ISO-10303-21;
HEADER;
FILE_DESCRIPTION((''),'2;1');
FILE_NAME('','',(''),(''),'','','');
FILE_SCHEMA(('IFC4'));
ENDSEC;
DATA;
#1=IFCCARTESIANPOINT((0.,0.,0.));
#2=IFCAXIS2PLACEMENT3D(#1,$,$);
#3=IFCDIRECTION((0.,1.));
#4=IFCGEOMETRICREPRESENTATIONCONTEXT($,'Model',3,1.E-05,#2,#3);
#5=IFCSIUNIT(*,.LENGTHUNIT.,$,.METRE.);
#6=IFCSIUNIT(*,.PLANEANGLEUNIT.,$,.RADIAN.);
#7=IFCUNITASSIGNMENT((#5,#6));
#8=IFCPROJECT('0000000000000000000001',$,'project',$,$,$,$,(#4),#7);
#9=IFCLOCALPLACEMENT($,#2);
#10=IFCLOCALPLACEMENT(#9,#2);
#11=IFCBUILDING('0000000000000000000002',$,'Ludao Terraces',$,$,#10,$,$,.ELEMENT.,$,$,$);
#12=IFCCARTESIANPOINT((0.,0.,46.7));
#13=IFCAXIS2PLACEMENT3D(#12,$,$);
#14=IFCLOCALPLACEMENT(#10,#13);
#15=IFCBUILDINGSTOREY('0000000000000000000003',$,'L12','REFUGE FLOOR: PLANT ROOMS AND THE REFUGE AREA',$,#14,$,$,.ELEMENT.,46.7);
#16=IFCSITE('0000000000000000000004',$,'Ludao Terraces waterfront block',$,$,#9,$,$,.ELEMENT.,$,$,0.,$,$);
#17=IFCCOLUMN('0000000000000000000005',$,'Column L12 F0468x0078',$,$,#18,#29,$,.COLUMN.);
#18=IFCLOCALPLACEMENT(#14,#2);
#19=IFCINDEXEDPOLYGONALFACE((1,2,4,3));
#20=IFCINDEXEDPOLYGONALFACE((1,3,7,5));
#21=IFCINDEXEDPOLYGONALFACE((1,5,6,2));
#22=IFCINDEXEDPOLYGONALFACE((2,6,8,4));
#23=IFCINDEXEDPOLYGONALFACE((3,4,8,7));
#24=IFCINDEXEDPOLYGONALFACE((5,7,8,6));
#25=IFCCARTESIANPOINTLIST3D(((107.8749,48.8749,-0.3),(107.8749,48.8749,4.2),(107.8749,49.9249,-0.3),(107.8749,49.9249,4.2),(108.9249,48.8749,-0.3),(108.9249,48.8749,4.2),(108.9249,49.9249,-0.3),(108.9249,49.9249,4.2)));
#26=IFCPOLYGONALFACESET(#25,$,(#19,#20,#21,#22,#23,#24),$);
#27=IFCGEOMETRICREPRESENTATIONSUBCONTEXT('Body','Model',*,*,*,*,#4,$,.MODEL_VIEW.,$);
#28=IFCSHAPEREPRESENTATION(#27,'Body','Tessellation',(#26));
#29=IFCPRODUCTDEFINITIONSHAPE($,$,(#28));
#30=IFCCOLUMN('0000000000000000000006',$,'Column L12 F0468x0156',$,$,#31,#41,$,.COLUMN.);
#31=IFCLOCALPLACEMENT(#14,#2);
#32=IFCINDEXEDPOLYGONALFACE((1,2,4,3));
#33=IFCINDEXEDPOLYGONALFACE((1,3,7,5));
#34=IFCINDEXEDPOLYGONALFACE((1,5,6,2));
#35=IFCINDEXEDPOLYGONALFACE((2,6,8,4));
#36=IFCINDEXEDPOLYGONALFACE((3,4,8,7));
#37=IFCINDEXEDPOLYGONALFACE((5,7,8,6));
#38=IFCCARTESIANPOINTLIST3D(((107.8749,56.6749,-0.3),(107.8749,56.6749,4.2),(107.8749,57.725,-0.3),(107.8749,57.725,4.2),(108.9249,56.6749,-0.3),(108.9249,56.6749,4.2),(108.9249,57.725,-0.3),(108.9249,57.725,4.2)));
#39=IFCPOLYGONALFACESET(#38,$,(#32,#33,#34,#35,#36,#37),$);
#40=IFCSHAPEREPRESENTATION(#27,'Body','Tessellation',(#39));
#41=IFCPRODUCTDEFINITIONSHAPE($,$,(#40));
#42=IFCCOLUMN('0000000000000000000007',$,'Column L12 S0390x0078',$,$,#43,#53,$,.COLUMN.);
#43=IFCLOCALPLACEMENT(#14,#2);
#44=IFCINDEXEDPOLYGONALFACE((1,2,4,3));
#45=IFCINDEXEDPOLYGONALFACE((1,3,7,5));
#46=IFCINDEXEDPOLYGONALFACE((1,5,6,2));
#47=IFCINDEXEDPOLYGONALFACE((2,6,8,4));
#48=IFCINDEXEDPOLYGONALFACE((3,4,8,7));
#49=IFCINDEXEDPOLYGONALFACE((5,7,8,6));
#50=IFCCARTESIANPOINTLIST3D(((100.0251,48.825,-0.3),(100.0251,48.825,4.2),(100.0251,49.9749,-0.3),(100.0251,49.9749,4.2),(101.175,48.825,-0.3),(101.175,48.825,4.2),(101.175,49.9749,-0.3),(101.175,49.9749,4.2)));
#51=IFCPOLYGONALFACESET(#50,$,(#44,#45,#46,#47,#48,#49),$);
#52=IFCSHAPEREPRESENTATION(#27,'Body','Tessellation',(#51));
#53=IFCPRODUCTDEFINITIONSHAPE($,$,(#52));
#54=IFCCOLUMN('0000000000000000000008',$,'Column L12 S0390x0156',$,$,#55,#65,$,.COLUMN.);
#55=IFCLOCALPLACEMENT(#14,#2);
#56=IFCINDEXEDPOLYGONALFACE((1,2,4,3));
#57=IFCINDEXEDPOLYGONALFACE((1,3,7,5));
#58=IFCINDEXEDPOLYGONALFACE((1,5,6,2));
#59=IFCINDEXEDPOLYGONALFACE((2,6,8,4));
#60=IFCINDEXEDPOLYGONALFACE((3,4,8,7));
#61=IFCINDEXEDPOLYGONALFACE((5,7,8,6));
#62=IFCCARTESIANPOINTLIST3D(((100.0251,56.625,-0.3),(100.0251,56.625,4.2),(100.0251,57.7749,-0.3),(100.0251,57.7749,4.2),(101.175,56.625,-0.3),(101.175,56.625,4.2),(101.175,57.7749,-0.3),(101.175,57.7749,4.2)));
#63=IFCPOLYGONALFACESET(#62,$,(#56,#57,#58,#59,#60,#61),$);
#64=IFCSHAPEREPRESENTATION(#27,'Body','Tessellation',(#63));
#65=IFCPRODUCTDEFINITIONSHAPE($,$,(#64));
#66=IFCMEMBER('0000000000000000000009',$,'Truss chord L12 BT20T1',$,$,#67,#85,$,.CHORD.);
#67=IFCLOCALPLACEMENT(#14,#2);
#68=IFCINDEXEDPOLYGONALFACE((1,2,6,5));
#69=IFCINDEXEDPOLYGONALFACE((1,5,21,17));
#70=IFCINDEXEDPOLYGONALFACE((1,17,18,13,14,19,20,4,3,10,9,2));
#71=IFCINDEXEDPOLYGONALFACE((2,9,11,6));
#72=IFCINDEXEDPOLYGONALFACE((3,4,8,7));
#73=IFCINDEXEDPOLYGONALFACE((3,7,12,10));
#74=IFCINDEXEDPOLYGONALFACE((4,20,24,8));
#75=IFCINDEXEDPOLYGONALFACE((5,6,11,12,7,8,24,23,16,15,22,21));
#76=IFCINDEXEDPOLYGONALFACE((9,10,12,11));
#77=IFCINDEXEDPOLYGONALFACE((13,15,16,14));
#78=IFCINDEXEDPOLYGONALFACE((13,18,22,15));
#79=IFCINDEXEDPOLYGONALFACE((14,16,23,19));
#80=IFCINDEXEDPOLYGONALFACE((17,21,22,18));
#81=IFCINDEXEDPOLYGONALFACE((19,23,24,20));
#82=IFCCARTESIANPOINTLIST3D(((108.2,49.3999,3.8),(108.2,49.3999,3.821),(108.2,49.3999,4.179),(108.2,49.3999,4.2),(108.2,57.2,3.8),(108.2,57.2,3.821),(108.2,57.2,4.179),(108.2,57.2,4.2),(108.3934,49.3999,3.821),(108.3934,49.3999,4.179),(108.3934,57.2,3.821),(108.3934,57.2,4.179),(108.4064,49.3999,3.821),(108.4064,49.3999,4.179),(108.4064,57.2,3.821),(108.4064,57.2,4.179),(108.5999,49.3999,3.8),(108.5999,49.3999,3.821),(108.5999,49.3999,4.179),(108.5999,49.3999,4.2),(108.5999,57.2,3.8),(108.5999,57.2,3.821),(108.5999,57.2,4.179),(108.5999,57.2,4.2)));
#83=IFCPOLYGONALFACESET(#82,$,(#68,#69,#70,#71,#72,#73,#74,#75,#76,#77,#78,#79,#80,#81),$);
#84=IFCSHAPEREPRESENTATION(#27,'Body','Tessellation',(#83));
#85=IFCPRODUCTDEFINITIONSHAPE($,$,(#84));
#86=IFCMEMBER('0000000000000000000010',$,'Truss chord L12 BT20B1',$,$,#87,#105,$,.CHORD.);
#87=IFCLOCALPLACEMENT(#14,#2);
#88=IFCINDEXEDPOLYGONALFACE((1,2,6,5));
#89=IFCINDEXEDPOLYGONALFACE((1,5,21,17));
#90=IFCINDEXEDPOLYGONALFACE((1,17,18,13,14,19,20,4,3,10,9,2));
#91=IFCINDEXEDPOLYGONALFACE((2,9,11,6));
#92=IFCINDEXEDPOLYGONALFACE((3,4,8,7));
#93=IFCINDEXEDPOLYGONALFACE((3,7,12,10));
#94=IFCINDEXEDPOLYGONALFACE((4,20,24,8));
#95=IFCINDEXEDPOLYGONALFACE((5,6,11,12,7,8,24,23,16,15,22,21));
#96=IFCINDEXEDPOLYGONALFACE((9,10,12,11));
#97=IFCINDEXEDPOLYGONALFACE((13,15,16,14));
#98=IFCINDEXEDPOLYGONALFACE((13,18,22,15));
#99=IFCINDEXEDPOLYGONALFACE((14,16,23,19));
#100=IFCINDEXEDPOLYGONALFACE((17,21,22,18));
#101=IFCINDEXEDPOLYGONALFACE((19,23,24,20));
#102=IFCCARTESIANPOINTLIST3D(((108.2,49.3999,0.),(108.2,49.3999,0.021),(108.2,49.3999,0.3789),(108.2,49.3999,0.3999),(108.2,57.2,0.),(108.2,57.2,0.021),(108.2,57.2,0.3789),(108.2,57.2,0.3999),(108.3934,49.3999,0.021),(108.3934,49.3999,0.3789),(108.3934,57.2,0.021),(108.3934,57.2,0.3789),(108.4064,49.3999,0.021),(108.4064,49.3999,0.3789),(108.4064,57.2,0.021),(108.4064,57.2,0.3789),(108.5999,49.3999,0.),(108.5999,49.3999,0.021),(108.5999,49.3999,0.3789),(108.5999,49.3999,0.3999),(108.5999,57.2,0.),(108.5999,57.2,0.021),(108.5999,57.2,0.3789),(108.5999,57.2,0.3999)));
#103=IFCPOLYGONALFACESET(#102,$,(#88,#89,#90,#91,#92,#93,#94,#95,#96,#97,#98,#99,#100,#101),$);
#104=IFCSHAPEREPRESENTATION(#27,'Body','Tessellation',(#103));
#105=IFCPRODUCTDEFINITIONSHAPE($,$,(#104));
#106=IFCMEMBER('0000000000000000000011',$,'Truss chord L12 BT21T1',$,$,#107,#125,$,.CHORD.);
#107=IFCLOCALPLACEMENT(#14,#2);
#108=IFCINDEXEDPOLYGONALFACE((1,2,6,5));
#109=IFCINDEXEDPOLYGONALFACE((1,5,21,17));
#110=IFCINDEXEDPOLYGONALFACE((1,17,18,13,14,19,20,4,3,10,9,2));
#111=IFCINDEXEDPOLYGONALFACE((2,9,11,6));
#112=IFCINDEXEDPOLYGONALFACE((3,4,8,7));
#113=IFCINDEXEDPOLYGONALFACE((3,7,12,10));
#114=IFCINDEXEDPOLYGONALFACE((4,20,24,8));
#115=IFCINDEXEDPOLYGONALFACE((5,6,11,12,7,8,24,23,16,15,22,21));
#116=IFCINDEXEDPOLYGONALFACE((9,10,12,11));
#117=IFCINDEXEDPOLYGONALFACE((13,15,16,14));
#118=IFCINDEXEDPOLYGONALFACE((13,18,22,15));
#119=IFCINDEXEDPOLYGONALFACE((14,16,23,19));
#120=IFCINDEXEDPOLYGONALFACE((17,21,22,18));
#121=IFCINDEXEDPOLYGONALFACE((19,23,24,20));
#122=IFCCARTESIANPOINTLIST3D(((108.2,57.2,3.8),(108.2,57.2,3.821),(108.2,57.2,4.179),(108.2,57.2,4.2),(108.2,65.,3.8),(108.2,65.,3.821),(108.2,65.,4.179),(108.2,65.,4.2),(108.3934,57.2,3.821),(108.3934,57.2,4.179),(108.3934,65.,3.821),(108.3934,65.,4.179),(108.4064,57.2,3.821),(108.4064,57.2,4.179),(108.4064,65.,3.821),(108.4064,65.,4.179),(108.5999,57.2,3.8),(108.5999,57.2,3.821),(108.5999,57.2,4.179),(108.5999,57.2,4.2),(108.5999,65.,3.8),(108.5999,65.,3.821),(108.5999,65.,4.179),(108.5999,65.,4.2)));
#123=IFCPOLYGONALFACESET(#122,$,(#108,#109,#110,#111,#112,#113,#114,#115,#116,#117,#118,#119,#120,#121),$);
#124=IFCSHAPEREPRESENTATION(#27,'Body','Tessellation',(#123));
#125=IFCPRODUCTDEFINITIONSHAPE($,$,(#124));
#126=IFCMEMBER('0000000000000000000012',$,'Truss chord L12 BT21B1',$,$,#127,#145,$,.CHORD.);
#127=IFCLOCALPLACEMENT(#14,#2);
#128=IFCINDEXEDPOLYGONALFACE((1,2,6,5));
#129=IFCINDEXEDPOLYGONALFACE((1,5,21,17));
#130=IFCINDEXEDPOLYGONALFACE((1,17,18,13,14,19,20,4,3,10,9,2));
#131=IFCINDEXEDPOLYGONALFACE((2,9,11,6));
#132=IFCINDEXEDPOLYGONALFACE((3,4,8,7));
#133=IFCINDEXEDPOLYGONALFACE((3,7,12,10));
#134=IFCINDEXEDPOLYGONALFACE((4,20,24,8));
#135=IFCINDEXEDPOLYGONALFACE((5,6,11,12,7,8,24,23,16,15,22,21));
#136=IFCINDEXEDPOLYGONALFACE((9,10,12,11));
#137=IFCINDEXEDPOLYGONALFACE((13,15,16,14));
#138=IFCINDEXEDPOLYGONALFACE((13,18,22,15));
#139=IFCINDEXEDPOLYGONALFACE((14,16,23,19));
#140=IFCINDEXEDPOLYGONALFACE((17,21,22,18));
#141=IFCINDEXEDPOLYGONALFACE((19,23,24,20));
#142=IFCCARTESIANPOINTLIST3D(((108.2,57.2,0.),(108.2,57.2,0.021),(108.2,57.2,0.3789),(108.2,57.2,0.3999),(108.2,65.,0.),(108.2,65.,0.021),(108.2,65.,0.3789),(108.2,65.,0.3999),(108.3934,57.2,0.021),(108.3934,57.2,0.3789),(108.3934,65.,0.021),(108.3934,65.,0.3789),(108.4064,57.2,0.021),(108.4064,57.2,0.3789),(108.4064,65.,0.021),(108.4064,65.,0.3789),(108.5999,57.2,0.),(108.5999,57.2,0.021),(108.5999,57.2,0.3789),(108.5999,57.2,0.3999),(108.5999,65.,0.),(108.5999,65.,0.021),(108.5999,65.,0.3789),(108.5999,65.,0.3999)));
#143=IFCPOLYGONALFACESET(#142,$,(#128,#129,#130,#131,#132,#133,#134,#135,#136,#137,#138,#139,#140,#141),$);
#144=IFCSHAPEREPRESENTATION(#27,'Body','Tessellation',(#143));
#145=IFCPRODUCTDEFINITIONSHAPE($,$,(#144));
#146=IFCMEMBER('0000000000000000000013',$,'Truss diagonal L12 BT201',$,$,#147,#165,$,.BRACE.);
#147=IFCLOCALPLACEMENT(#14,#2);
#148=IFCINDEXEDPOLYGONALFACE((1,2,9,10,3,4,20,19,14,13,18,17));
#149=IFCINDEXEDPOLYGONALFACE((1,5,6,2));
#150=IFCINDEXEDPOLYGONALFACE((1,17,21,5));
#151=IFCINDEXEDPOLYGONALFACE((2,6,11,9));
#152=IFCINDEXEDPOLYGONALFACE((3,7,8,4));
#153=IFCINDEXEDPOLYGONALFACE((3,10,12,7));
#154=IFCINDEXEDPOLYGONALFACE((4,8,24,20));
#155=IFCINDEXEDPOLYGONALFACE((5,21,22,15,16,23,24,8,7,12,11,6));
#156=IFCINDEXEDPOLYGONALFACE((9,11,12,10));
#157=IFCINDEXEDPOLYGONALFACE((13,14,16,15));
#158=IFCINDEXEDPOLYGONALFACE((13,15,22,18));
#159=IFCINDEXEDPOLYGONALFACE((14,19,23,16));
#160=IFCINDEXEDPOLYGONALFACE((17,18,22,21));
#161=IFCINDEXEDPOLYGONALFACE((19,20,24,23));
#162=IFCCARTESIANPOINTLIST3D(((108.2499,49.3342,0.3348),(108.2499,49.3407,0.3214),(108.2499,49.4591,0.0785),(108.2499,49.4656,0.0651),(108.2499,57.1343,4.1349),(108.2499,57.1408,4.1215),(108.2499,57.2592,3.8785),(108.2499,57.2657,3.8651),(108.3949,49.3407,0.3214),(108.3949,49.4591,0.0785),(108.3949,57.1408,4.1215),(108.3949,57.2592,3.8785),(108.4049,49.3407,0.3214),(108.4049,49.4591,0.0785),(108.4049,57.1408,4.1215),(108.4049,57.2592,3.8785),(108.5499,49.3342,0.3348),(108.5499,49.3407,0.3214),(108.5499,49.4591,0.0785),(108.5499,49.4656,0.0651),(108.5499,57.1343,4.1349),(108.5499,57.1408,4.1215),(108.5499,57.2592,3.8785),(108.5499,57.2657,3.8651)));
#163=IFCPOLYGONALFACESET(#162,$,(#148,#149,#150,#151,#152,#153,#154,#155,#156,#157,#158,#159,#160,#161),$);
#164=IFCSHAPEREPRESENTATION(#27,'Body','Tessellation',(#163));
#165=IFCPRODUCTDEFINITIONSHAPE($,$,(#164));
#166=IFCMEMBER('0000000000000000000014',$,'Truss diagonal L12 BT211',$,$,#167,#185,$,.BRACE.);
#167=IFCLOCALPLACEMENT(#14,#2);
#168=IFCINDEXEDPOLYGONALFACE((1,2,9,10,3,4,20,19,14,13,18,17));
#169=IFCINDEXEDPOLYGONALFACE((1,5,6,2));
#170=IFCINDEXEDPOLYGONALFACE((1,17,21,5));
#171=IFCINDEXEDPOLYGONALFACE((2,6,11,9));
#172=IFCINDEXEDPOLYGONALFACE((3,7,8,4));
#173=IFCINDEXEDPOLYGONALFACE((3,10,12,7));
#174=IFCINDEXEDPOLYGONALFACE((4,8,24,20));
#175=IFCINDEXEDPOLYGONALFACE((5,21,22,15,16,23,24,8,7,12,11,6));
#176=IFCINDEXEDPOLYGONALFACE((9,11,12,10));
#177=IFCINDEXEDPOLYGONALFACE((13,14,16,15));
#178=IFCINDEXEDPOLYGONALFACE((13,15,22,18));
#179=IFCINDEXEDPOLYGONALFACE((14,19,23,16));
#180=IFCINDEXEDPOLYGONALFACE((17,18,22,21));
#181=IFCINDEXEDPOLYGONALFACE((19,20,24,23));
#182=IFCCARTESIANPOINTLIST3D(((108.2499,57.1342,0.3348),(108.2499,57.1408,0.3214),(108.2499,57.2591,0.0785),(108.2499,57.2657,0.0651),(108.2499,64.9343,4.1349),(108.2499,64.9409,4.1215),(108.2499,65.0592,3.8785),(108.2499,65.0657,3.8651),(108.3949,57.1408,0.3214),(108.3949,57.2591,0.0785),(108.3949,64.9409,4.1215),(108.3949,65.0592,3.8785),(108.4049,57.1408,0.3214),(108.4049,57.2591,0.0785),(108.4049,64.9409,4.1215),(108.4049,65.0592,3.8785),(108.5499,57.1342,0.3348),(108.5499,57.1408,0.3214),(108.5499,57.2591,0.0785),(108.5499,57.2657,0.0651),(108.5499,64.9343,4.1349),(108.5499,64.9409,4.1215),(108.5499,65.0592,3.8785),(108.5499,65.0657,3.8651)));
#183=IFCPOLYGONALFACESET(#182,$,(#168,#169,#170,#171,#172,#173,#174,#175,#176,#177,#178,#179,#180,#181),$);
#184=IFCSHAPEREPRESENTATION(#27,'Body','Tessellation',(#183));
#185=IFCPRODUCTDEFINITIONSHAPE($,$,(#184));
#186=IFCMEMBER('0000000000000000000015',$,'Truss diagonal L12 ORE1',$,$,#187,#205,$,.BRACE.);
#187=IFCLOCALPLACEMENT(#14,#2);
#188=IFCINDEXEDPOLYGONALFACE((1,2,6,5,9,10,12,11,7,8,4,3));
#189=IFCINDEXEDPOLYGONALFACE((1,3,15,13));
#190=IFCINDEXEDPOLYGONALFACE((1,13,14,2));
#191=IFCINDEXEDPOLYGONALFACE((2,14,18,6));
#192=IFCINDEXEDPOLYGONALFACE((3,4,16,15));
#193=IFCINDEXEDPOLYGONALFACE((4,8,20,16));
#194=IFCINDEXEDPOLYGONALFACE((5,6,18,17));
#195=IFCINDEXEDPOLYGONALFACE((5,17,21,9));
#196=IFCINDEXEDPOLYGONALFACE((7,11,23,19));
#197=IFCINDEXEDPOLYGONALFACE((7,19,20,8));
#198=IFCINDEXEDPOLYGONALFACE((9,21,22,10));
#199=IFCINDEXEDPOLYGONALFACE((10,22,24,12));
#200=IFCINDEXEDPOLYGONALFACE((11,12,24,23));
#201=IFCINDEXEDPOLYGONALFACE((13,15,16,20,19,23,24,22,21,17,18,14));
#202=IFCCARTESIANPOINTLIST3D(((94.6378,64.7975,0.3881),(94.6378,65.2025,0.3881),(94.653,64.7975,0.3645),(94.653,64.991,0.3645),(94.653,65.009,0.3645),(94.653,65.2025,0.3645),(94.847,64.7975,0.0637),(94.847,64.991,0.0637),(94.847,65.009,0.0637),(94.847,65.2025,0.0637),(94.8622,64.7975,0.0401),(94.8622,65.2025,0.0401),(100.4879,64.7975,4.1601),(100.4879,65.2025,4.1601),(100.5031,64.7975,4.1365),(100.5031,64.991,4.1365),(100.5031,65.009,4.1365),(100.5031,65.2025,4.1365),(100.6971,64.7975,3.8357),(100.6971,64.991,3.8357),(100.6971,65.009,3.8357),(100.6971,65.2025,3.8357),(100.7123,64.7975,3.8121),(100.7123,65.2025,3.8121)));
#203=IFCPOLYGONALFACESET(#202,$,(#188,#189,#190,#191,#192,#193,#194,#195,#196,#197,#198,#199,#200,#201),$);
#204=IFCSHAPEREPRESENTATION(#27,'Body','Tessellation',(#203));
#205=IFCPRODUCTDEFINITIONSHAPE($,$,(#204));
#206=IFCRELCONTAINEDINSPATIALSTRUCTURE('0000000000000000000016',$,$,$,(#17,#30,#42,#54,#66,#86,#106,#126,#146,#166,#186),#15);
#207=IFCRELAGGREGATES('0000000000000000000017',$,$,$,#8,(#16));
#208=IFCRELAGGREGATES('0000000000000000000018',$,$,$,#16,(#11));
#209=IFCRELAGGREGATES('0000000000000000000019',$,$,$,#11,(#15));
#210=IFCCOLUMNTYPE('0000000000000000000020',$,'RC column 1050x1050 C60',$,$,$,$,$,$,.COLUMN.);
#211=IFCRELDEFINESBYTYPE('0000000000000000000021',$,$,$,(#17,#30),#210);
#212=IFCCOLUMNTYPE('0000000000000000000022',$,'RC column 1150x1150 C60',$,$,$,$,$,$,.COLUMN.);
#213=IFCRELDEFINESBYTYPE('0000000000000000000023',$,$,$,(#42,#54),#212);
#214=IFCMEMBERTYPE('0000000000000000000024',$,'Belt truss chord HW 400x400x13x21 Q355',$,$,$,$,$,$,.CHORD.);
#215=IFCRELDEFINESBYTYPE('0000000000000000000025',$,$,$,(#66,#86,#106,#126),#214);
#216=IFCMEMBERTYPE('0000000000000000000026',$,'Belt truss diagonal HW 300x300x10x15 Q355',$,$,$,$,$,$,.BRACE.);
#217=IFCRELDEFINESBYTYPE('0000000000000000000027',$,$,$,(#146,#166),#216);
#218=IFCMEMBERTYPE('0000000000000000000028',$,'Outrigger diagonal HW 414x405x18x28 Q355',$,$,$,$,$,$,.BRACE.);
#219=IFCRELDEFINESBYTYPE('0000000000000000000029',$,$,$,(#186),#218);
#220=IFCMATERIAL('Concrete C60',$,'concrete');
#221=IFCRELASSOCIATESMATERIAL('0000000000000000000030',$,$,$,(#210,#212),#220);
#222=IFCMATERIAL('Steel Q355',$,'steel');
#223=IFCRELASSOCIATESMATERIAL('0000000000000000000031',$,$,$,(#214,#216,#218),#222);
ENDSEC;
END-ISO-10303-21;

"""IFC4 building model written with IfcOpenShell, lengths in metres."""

from ifc_helpers import new_model, si_unit, direction, frame, origin, origin_2d, place, context, subcontext, project, spatial, rectangle, i_section, extrude, material, material_profile, profile_set, type_object, element, save


model = new_model("IFC4")

# Units and contexts
model_context = context("Model", 3, precision=1e-05, world=origin(), true_north=direction((0.0, 1.0)))
body_context = subcontext(model_context, "Body", "Model", "MODEL_VIEW")
ifc_project = project(units=[si_unit("LENGTHUNIT", "METRE"), si_unit("PLANEANGLEUNIT", "RADIAN")], contexts=[model_context])

# Site, building, storey
site_placement = place(None, origin())
site = spatial("IfcSite", under=ifc_project, at=site_placement, Name="Ludao Terraces waterfront block", CompositionType="ELEMENT", RefElevation=0.0)
building_placement = place(site_placement, origin())
building = spatial("IfcBuilding", under=site, at=building_placement, Name="Ludao Terraces", CompositionType="ELEMENT")
storey_placement = place(building_placement, frame((0.0, 0.0, 46.7)))
storey = spatial("IfcBuildingStorey", under=building, at=storey_placement, Name="L12", Description="REFUGE FLOOR: PLANT ROOMS AND THE REFUGE AREA", CompositionType="ELEMENT", Elevation=46.7)

# Columns
ifc_material_1 = material(Name="Concrete C60", Category="concrete")
ifc_material_profile_1 = material_profile(ifc_material_1, rectangle(XDim=1.05, YDim=1.05, at=origin_2d()), Name="1050 X 1050")
ifc_profile_set_1 = profile_set([ifc_material_profile_1], Name="Concrete C60")
column_type_1 = type_object("IfcColumnType", Name="RC column 1050x1050 C60", PredefinedType="COLUMN", material=ifc_profile_set_1)
for number, where, z_axis, x_axis, name in (
    (1, (108.3999, 49.3999, -0.3), (0.0, 0.0, 1.0), (1.0, 0.0, 0.0), "Column L12 F0468x0078"),
    (2, (108.3999, 57.2, -0.3), (0.0, 0.0, 1.0), (1.0, 0.0, 0.0), "Column L12 F0468x0156"),
):
    element("IfcColumn", number, at=place(storey_placement, frame(where, z_axis=z_axis, x_axis=x_axis)), inside=storey, type_object=column_type_1, Name=name, PredefinedType="COLUMN", context=body_context, shape_type="SweptSolid", body=[
        extrude(rectangle(XDim=1.05, YDim=1.05, at=origin_2d()), origin(), (0.0, 0.0, 1.0), 4.5),
    ])
ifc_material_profile_2 = material_profile(ifc_material_1, rectangle(XDim=1.1499, YDim=1.1499, at=origin_2d()), Name="1150 X 1150")
ifc_profile_set_2 = profile_set([ifc_material_profile_2], Name="Concrete C60")
column_type_2 = type_object("IfcColumnType", Name="RC column 1150x1150 C60", PredefinedType="COLUMN", material=ifc_profile_set_2)
for number, where, z_axis, x_axis, name in (
    (3, (100.6001, 49.3999, -0.3), (0.0, 0.0, 1.0), (1.0, 0.0, 0.0), "Column L12 S0390x0078"),
    (4, (100.6001, 57.2, -0.3), (0.0, 0.0, 1.0), (1.0, 0.0, 0.0), "Column L12 S0390x0156"),
):
    element("IfcColumn", number, at=place(storey_placement, frame(where, z_axis=z_axis, x_axis=x_axis)), inside=storey, type_object=column_type_2, Name=name, PredefinedType="COLUMN", context=body_context, shape_type="SweptSolid", body=[
        extrude(rectangle(XDim=1.1499, YDim=1.1499, at=origin_2d()), origin(), (0.0, 0.0, 1.0), 4.5),
    ])

# Members
ifc_material_2 = material(Name="Steel Q355", Category="steel")
ifc_material_profile_3 = material_profile(ifc_material_2, i_section(OverallWidth=0.3999, OverallDepth=0.3999, WebThickness=0.0129, FlangeThickness=0.021, at=origin_2d()), Name="HW 400X400X13X21")
ifc_profile_set_3 = profile_set([ifc_material_profile_3], Name="Steel Q355")
member_type_1 = type_object("IfcMemberType", Name="Belt truss chord HW 400x400x13x21 Q355", PredefinedType="CHORD", material=ifc_profile_set_3)
for number, where, z_axis, x_axis, name in (
    (5, (108.3999, 49.3999, 4.0), (0.0, 1.0, 0.0), (-1.0, 0.0, 0.0), "Truss chord L12 BT20T1"),
    (6, (108.3999, 49.3999, 0.2), (0.0, 1.0, 0.0), (-1.0, 0.0, 0.0), "Truss chord L12 BT20B1"),
    (7, (108.3999, 57.2, 4.0), (0.0, 1.0, 0.0), (-1.0, 0.0, 0.0), "Truss chord L12 BT21T1"),
    (8, (108.3999, 57.2, 0.2), (0.0, 1.0, 0.0), (-1.0, 0.0, 0.0), "Truss chord L12 BT21B1"),
):
    element("IfcMember", number, at=place(storey_placement, frame(where, z_axis=z_axis, x_axis=x_axis)), inside=storey, type_object=member_type_1, Name=name, PredefinedType="CHORD", context=body_context, shape_type="SweptSolid", body=[
        extrude(i_section(OverallWidth=0.3999, OverallDepth=0.3999, WebThickness=0.0129, FlangeThickness=0.021, at=origin_2d()), origin(), (0.0, 0.0, 1.0), 7.8),
    ])
ifc_material_profile_4 = material_profile(ifc_material_2, i_section(OverallWidth=0.3, OverallDepth=0.3, WebThickness=0.01, FlangeThickness=0.0149, at=origin_2d()), Name="HW 300X300X10X15")
ifc_profile_set_4 = profile_set([ifc_material_profile_4], Name="Steel Q355")
member_type_2 = type_object("IfcMemberType", Name="Belt truss diagonal HW 300x300x10x15 Q355", PredefinedType="BRACE", material=ifc_profile_set_4)
for number, where, z_axis, x_axis, name in (
    (9, (108.3999, 49.3999, 0.2), (0.0, 0.898989, 0.437972), (-1.0, 0.0, 0.0), "Truss diagonal L12 BT201"),
    (10, (108.3999, 57.2, 0.2), (0.0, 0.898989, 0.437972), (-1.0, 0.0, 0.0), "Truss diagonal L12 BT211"),
):
    element("IfcMember", number, at=place(storey_placement, frame(where, z_axis=z_axis, x_axis=x_axis)), inside=storey, type_object=member_type_2, Name=name, PredefinedType="BRACE", context=body_context, shape_type="SweptSolid", body=[
        extrude(i_section(OverallWidth=0.3, OverallDepth=0.3, WebThickness=0.01, FlangeThickness=0.0149, at=origin_2d()), origin(), (0.0, 0.0, 1.0), 8.6765),
    ])
ifc_material_profile_5 = material_profile(ifc_material_2, i_section(OverallWidth=0.405, OverallDepth=0.4141, WebThickness=0.0181, FlangeThickness=0.0281, at=origin_2d()), Name="HW 414X405X18X28")
ifc_profile_set_5 = profile_set([ifc_material_profile_5], Name="Steel Q355")
member_type_3 = type_object("IfcMemberType", Name="Outrigger diagonal HW 414x405x18x28 Q355", PredefinedType="BRACE", material=ifc_profile_set_5)
member_placement = place(storey_placement, frame((94.75, 65.0, 0.2141), z_axis=(0.840446, 0.0, 0.541895), x_axis=(0.0, 1.0, 0.0)))
element("IfcMember", 11, at=member_placement, inside=storey, type_object=member_type_3, Name="Truss diagonal L12 ORE1", PredefinedType="BRACE", context=body_context, shape_type="SweptSolid", body=[
    extrude(i_section(OverallWidth=0.405, OverallDepth=0.4141, WebThickness=0.0181, FlangeThickness=0.0281, at=origin_2d()), origin(), (0.0, 0.0, 1.0), 6.9607),
])

save(model, "model.ifc")
